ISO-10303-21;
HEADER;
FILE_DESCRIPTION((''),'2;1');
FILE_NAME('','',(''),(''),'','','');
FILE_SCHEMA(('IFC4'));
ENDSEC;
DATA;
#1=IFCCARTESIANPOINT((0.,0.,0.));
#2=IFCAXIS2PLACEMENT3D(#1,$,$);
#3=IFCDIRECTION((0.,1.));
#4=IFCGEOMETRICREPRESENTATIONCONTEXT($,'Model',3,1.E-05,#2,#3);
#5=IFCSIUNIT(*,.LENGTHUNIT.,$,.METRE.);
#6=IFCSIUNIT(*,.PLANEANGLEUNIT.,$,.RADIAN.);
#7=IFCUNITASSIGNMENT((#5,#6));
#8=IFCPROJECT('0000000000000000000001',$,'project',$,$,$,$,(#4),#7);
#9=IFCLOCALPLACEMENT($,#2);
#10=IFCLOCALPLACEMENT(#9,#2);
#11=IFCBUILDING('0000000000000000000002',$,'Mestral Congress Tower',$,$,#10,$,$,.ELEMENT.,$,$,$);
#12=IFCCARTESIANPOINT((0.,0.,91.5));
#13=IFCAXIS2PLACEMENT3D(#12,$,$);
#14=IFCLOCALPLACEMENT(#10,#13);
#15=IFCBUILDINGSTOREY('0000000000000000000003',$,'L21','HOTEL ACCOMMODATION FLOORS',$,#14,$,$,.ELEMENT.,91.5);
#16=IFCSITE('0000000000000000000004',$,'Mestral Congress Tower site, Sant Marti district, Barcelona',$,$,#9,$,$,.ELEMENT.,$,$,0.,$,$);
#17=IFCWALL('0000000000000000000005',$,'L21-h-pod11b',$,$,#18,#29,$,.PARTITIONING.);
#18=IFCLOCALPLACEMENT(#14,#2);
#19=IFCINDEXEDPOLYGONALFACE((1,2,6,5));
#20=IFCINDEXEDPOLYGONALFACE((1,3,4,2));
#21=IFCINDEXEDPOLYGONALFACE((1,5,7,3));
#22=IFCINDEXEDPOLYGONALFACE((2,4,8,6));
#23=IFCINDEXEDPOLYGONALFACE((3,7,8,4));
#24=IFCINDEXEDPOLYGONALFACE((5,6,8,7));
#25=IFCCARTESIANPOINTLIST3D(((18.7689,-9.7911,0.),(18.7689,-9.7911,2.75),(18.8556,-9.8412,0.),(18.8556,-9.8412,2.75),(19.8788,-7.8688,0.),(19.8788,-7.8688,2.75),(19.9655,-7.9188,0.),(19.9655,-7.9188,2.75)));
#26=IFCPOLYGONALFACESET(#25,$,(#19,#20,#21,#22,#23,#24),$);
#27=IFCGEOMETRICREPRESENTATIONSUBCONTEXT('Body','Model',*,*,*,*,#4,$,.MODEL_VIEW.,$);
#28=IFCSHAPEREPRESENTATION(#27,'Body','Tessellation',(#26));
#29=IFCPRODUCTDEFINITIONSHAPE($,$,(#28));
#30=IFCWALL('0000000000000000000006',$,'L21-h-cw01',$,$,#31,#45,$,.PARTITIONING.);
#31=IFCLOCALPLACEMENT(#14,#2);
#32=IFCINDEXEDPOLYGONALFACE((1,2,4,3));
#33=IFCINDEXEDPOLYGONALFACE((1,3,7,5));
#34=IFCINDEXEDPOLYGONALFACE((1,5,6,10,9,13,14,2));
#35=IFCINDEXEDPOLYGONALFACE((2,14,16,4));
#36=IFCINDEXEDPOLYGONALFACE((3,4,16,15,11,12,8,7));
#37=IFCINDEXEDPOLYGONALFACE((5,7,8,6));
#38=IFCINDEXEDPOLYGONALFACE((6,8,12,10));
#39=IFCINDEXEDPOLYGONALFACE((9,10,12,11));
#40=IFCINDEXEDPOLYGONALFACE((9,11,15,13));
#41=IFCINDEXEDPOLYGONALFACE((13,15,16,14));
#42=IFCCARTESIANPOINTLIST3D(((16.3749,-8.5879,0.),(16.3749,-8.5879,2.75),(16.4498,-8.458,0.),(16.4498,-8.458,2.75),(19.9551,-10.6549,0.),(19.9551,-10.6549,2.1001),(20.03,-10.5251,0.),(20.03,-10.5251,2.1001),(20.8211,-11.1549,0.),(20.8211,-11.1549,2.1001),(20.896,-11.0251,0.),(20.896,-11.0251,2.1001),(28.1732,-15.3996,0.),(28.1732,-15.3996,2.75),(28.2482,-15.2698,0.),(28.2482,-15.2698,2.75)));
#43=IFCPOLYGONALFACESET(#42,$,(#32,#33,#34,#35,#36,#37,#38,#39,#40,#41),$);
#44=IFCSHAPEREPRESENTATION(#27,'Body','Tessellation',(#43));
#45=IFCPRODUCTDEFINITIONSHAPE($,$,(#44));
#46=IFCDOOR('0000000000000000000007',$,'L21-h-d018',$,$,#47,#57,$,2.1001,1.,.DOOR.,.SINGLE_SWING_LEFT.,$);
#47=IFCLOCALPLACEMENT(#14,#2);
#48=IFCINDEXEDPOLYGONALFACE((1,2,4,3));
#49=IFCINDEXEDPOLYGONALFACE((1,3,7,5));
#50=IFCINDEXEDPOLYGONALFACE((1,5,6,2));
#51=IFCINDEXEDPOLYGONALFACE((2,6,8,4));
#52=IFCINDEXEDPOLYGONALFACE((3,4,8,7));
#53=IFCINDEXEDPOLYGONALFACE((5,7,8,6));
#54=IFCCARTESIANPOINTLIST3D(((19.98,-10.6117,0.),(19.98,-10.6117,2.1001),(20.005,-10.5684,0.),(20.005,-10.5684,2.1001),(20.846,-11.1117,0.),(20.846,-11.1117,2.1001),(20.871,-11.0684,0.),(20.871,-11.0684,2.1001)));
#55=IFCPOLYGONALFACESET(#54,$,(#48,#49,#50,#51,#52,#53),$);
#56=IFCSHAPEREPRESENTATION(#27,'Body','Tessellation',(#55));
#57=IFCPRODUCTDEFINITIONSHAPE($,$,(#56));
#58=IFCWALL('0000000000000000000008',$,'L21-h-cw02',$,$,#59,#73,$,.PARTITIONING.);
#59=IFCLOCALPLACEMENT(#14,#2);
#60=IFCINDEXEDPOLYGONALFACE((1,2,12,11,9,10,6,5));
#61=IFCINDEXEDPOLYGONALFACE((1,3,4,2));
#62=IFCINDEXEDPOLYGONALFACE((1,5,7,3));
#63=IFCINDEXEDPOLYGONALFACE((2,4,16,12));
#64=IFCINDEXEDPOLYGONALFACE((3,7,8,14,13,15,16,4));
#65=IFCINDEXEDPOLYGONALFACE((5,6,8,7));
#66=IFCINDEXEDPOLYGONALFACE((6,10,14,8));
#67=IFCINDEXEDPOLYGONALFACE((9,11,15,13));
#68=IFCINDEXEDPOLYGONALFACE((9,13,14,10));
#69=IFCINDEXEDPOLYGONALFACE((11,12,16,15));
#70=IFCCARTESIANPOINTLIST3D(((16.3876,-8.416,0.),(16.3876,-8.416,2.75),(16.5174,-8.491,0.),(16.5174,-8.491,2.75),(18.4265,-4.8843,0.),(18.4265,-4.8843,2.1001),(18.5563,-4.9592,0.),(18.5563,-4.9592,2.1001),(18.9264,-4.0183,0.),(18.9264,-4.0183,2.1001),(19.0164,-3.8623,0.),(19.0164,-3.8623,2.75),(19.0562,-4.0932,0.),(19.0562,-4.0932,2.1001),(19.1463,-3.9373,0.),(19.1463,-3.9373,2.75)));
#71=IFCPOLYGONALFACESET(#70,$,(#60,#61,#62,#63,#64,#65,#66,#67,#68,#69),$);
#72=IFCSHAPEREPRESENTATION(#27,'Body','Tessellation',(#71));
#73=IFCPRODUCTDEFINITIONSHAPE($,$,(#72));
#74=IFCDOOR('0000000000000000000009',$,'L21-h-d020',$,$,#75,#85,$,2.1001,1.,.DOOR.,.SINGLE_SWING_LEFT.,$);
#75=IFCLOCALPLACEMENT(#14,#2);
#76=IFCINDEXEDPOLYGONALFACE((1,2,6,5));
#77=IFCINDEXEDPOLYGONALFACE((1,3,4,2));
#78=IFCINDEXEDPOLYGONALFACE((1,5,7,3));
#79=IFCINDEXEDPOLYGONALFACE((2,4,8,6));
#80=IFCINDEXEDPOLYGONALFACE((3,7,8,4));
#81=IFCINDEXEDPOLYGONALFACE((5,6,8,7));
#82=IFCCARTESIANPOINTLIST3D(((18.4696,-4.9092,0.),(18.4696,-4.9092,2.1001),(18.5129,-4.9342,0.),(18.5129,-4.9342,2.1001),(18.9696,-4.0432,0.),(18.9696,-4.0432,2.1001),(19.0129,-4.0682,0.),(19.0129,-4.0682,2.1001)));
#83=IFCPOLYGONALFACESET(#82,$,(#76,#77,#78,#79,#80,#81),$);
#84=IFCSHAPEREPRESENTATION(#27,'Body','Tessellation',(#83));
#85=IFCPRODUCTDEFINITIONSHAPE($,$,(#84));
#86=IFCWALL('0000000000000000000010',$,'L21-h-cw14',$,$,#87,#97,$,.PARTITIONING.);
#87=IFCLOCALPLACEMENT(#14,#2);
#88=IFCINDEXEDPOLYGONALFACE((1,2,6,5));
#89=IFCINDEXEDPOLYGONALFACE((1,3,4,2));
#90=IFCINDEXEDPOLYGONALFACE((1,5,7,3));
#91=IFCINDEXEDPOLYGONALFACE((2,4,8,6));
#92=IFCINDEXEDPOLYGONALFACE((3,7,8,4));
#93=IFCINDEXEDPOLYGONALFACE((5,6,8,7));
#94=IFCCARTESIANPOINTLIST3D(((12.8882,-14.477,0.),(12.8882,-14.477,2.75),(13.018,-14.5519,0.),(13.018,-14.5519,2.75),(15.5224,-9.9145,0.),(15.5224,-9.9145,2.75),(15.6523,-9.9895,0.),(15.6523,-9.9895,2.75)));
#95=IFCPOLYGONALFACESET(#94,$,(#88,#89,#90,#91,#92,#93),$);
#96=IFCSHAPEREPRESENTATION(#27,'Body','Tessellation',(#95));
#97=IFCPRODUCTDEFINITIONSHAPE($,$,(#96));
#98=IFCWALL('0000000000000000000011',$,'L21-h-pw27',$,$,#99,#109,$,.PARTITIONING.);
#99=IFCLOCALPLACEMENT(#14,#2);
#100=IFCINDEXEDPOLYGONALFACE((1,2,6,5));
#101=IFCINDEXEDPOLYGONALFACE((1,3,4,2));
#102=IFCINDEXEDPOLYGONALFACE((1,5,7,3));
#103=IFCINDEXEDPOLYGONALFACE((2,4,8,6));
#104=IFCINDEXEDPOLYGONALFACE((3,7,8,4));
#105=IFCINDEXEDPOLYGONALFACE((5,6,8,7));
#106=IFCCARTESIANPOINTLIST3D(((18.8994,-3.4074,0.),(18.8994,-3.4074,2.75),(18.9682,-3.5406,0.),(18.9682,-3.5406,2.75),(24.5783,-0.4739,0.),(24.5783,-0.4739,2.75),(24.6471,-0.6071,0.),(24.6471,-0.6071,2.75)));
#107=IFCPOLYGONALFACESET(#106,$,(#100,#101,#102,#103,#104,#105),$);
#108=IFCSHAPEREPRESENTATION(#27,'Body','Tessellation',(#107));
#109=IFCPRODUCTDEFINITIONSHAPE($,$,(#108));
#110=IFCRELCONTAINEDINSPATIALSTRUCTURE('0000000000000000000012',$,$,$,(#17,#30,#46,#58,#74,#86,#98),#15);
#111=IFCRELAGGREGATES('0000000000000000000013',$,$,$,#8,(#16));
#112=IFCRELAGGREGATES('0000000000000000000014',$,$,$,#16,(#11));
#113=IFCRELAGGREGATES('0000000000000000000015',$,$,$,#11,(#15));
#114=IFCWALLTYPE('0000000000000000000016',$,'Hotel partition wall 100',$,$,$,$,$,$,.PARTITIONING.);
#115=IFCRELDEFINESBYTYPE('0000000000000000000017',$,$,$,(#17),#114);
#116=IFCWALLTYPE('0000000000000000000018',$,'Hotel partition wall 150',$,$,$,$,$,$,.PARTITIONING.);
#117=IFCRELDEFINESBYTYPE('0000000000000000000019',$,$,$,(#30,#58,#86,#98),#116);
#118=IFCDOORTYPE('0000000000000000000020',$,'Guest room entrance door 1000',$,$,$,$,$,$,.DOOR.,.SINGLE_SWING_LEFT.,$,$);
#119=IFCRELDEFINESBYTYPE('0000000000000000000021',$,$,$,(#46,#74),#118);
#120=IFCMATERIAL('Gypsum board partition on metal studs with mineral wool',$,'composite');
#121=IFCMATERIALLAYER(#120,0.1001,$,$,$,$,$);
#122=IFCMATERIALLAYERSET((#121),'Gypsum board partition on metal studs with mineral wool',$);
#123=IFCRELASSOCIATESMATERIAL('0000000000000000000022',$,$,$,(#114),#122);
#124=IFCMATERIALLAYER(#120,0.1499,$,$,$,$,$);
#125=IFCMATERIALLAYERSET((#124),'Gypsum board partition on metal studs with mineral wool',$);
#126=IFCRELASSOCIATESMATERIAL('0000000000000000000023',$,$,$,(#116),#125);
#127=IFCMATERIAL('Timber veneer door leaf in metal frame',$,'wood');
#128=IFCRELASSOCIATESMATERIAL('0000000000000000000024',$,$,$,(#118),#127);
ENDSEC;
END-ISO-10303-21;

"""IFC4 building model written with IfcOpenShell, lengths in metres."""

from ifc_helpers import new_model, si_unit, direction, frame, frame_2d, origin, place, context, subcontext, project, spatial, rectangle, extrude, material, layer, layer_set, type_object, element, fill, save


model = new_model("IFC4")

# Units and contexts
model_context = context("Model", 3, precision=1e-05, world=origin(), true_north=direction((0.0, 1.0)))
body_context = subcontext(model_context, "Body", "Model", "MODEL_VIEW")
ifc_project = project(units=[si_unit("LENGTHUNIT", "METRE"), si_unit("PLANEANGLEUNIT", "RADIAN")], contexts=[model_context])

# Site, building, storey
site_placement = place(None, origin())
site = spatial("IfcSite", under=ifc_project, at=site_placement, Name="Mestral Congress Tower site, Sant Marti district, Barcelona", CompositionType="ELEMENT", RefElevation=0.0)
building_placement = place(site_placement, origin())
building = spatial("IfcBuilding", under=site, at=building_placement, Name="Mestral Congress Tower", CompositionType="ELEMENT")
storey_placement = place(building_placement, frame((0.0, 0.0, 91.5)))
storey = spatial("IfcBuildingStorey", under=building, at=storey_placement, Name="L21", Description="HOTEL ACCOMMODATION FLOORS", CompositionType="ELEMENT", Elevation=91.5)

# Shared definitions
ifc_material_1 = material(Name="Gypsum board partition on metal studs with mineral wool", Category="composite")
ifc_layer_1 = layer(ifc_material_1, 0.1001)
ifc_layer_set_1 = layer_set([ifc_layer_1], Name="Gypsum board partition on metal studs with mineral wool")
wall_type_1 = type_object("IfcWallType", Name="Hotel partition wall 100", PredefinedType="PARTITIONING", material=ifc_layer_set_1)

# Wall
wall_1_placement = place(storey_placement, frame((19.9221, -7.8938, 0.0), z_axis=(0.0, 0.0, 1.0), x_axis=(-0.499995, -0.866028, 0.0)))
element("IfcWall", 1, at=wall_1_placement, inside=storey, type_object=wall_type_1, Name="L21-h-pod11b", PredefinedType="PARTITIONING", context=body_context, shape_type="SweptSolid", body=[
    extrude(rectangle(XDim=2.2197, YDim=0.1001, at=frame_2d((1.1099, 0.0))), origin(), (0.0, 0.0, 1.0), 2.75),
])

# Walls, openings, doors
ifc_layer_2 = layer(ifc_material_1, 0.1499)
ifc_layer_set_2 = layer_set([ifc_layer_2], Name="Gypsum board partition on metal studs with mineral wool")
wall_type_2 = type_object("IfcWallType", Name="Hotel partition wall 150", PredefinedType="PARTITIONING", material=ifc_layer_set_2)
wall_2_placement = place(storey_placement, frame((16.4124, -8.5229, 0.0), z_axis=(0.0, 0.0, 1.0), x_axis=(0.866026, -0.5, 0.0)))
wall_2 = element("IfcWall", 2, at=wall_2_placement, inside=storey, type_object=wall_type_2, Name="L21-h-cw01", PredefinedType="PARTITIONING", context=body_context, shape_type="SweptSolid", body=[
    extrude(rectangle(XDim=13.6235, YDim=0.1499, at=frame_2d((6.8118, 0.0))), origin(), (0.0, 0.0, 1.0), 2.75),
])
opening_1_placement = place(wall_2_placement, frame((4.134, 0.0, 0.0)))
opening_1 = element("IfcOpeningElement", 3, at=opening_1_placement, cuts=wall_2, PredefinedType="OPENING", context=body_context, shape_type="SweptSolid", body=[
    extrude(rectangle(XDim=1.0, YDim=2.1001, at=frame_2d((0.5, 1.05))), frame((0.0, 0.085, 0.0), z_axis=(0.0, -1.0, 0.0), x_axis=(1.0, 0.0, 0.0)), (0.0, 0.0, 1.0), 0.1699),
])
ifc_material_2 = material(Name="Timber veneer door leaf in metal frame", Category="wood")
door_type_1 = type_object("IfcDoorType", Name="Guest room entrance door 1000", OperationType="SINGLE_SWING_LEFT", PredefinedType="DOOR", material=ifc_material_2)
door_1_placement = place(opening_1_placement, origin())
door_1 = element("IfcDoor", 4, at=door_1_placement, inside=storey, type_object=door_type_1, Name="L21-h-d018", OperationType="SINGLE_SWING_LEFT", OverallHeight=2.1001, OverallWidth=1.0, PredefinedType="DOOR", context=body_context, shape_type="SweptSolid", body=[
    extrude(rectangle(XDim=1.0, YDim=2.1001, at=frame_2d((0.5, 1.05))), frame((0.0, 0.0249, 0.0), z_axis=(0.0, -1.0, 0.0), x_axis=(1.0, 0.0, 0.0)), (0.0, 0.0, 1.0), 0.05),
])
fill(opening_1, door_1)
wall_3_placement = place(storey_placement, frame((19.0813, -3.8999, 0.0), z_axis=(0.0, 0.0, 1.0), x_axis=(-0.499974, -0.86604, 0.0)))
wall_3 = element("IfcWall", 5, at=wall_3_placement, inside=storey, type_object=wall_type_2, Name="L21-h-cw02", PredefinedType="PARTITIONING", context=body_context, shape_type="SweptSolid", body=[
    extrude(rectangle(XDim=5.2581, YDim=0.1499, at=frame_2d((2.6289, 0.0))), origin(), (0.0, 0.0, 1.0), 2.75),
])
opening_2_placement = place(wall_3_placement, frame((0.1799, 0.0, 0.0)))
opening_2 = element("IfcOpeningElement", 6, at=opening_2_placement, cuts=wall_3, PredefinedType="OPENING", context=body_context, shape_type="SweptSolid", body=[
    extrude(rectangle(XDim=1.0, YDim=2.1001, at=frame_2d((0.5, 1.05))), frame((0.0, 0.085, 0.0), z_axis=(0.0, -1.0, 0.0), x_axis=(1.0, 0.0, 0.0)), (0.0, 0.0, 1.0), 0.1699),
])
door_2_placement = place(opening_2_placement, origin())
door_2 = element("IfcDoor", 7, at=door_2_placement, inside=storey, type_object=door_type_1, Name="L21-h-d020", OperationType="SINGLE_SWING_LEFT", OverallHeight=2.1001, OverallWidth=1.0, PredefinedType="DOOR", context=body_context, shape_type="SweptSolid", body=[
    extrude(rectangle(XDim=1.0, YDim=2.1001, at=frame_2d((0.5, 1.05))), frame((0.0, 0.0249, 0.0), z_axis=(0.0, -1.0, 0.0), x_axis=(1.0, 0.0, 0.0)), (0.0, 0.0, 1.0), 0.05),
])
fill(opening_2, door_2)

# Walls
wall_4_placement = place(storey_placement, frame((15.5874, -9.9519, 0.0), z_axis=(0.0, 0.0, 1.0), x_axis=(-0.500017, -0.866016, 0.0)))
element("IfcWall", 8, at=wall_4_placement, inside=storey, type_object=wall_type_2, Name="L21-h-cw14", PredefinedType="PARTITIONING", context=body_context, shape_type="SweptSolid", body=[
    extrude(rectangle(XDim=5.2683, YDim=0.1499, at=frame_2d((2.6343, 0.0))), origin(), (0.0, 0.0, 1.0), 2.75),
])
wall_5_placement = place(storey_placement, frame((24.6125, -0.5405, 0.0), z_axis=(0.0, 0.0, 1.0), x_axis=(-0.88846, -0.458954, 0.0)))
element("IfcWall", 9, at=wall_5_placement, inside=storey, type_object=wall_type_2, Name="L21-h-pw27", PredefinedType="PARTITIONING", context=body_context, shape_type="SweptSolid", body=[
    extrude(rectangle(XDim=6.3918, YDim=0.1499, at=frame_2d((3.1958, 0.0))), origin(), (0.0, 0.0, 1.0), 2.75),
])

save(model, "model.ifc")
